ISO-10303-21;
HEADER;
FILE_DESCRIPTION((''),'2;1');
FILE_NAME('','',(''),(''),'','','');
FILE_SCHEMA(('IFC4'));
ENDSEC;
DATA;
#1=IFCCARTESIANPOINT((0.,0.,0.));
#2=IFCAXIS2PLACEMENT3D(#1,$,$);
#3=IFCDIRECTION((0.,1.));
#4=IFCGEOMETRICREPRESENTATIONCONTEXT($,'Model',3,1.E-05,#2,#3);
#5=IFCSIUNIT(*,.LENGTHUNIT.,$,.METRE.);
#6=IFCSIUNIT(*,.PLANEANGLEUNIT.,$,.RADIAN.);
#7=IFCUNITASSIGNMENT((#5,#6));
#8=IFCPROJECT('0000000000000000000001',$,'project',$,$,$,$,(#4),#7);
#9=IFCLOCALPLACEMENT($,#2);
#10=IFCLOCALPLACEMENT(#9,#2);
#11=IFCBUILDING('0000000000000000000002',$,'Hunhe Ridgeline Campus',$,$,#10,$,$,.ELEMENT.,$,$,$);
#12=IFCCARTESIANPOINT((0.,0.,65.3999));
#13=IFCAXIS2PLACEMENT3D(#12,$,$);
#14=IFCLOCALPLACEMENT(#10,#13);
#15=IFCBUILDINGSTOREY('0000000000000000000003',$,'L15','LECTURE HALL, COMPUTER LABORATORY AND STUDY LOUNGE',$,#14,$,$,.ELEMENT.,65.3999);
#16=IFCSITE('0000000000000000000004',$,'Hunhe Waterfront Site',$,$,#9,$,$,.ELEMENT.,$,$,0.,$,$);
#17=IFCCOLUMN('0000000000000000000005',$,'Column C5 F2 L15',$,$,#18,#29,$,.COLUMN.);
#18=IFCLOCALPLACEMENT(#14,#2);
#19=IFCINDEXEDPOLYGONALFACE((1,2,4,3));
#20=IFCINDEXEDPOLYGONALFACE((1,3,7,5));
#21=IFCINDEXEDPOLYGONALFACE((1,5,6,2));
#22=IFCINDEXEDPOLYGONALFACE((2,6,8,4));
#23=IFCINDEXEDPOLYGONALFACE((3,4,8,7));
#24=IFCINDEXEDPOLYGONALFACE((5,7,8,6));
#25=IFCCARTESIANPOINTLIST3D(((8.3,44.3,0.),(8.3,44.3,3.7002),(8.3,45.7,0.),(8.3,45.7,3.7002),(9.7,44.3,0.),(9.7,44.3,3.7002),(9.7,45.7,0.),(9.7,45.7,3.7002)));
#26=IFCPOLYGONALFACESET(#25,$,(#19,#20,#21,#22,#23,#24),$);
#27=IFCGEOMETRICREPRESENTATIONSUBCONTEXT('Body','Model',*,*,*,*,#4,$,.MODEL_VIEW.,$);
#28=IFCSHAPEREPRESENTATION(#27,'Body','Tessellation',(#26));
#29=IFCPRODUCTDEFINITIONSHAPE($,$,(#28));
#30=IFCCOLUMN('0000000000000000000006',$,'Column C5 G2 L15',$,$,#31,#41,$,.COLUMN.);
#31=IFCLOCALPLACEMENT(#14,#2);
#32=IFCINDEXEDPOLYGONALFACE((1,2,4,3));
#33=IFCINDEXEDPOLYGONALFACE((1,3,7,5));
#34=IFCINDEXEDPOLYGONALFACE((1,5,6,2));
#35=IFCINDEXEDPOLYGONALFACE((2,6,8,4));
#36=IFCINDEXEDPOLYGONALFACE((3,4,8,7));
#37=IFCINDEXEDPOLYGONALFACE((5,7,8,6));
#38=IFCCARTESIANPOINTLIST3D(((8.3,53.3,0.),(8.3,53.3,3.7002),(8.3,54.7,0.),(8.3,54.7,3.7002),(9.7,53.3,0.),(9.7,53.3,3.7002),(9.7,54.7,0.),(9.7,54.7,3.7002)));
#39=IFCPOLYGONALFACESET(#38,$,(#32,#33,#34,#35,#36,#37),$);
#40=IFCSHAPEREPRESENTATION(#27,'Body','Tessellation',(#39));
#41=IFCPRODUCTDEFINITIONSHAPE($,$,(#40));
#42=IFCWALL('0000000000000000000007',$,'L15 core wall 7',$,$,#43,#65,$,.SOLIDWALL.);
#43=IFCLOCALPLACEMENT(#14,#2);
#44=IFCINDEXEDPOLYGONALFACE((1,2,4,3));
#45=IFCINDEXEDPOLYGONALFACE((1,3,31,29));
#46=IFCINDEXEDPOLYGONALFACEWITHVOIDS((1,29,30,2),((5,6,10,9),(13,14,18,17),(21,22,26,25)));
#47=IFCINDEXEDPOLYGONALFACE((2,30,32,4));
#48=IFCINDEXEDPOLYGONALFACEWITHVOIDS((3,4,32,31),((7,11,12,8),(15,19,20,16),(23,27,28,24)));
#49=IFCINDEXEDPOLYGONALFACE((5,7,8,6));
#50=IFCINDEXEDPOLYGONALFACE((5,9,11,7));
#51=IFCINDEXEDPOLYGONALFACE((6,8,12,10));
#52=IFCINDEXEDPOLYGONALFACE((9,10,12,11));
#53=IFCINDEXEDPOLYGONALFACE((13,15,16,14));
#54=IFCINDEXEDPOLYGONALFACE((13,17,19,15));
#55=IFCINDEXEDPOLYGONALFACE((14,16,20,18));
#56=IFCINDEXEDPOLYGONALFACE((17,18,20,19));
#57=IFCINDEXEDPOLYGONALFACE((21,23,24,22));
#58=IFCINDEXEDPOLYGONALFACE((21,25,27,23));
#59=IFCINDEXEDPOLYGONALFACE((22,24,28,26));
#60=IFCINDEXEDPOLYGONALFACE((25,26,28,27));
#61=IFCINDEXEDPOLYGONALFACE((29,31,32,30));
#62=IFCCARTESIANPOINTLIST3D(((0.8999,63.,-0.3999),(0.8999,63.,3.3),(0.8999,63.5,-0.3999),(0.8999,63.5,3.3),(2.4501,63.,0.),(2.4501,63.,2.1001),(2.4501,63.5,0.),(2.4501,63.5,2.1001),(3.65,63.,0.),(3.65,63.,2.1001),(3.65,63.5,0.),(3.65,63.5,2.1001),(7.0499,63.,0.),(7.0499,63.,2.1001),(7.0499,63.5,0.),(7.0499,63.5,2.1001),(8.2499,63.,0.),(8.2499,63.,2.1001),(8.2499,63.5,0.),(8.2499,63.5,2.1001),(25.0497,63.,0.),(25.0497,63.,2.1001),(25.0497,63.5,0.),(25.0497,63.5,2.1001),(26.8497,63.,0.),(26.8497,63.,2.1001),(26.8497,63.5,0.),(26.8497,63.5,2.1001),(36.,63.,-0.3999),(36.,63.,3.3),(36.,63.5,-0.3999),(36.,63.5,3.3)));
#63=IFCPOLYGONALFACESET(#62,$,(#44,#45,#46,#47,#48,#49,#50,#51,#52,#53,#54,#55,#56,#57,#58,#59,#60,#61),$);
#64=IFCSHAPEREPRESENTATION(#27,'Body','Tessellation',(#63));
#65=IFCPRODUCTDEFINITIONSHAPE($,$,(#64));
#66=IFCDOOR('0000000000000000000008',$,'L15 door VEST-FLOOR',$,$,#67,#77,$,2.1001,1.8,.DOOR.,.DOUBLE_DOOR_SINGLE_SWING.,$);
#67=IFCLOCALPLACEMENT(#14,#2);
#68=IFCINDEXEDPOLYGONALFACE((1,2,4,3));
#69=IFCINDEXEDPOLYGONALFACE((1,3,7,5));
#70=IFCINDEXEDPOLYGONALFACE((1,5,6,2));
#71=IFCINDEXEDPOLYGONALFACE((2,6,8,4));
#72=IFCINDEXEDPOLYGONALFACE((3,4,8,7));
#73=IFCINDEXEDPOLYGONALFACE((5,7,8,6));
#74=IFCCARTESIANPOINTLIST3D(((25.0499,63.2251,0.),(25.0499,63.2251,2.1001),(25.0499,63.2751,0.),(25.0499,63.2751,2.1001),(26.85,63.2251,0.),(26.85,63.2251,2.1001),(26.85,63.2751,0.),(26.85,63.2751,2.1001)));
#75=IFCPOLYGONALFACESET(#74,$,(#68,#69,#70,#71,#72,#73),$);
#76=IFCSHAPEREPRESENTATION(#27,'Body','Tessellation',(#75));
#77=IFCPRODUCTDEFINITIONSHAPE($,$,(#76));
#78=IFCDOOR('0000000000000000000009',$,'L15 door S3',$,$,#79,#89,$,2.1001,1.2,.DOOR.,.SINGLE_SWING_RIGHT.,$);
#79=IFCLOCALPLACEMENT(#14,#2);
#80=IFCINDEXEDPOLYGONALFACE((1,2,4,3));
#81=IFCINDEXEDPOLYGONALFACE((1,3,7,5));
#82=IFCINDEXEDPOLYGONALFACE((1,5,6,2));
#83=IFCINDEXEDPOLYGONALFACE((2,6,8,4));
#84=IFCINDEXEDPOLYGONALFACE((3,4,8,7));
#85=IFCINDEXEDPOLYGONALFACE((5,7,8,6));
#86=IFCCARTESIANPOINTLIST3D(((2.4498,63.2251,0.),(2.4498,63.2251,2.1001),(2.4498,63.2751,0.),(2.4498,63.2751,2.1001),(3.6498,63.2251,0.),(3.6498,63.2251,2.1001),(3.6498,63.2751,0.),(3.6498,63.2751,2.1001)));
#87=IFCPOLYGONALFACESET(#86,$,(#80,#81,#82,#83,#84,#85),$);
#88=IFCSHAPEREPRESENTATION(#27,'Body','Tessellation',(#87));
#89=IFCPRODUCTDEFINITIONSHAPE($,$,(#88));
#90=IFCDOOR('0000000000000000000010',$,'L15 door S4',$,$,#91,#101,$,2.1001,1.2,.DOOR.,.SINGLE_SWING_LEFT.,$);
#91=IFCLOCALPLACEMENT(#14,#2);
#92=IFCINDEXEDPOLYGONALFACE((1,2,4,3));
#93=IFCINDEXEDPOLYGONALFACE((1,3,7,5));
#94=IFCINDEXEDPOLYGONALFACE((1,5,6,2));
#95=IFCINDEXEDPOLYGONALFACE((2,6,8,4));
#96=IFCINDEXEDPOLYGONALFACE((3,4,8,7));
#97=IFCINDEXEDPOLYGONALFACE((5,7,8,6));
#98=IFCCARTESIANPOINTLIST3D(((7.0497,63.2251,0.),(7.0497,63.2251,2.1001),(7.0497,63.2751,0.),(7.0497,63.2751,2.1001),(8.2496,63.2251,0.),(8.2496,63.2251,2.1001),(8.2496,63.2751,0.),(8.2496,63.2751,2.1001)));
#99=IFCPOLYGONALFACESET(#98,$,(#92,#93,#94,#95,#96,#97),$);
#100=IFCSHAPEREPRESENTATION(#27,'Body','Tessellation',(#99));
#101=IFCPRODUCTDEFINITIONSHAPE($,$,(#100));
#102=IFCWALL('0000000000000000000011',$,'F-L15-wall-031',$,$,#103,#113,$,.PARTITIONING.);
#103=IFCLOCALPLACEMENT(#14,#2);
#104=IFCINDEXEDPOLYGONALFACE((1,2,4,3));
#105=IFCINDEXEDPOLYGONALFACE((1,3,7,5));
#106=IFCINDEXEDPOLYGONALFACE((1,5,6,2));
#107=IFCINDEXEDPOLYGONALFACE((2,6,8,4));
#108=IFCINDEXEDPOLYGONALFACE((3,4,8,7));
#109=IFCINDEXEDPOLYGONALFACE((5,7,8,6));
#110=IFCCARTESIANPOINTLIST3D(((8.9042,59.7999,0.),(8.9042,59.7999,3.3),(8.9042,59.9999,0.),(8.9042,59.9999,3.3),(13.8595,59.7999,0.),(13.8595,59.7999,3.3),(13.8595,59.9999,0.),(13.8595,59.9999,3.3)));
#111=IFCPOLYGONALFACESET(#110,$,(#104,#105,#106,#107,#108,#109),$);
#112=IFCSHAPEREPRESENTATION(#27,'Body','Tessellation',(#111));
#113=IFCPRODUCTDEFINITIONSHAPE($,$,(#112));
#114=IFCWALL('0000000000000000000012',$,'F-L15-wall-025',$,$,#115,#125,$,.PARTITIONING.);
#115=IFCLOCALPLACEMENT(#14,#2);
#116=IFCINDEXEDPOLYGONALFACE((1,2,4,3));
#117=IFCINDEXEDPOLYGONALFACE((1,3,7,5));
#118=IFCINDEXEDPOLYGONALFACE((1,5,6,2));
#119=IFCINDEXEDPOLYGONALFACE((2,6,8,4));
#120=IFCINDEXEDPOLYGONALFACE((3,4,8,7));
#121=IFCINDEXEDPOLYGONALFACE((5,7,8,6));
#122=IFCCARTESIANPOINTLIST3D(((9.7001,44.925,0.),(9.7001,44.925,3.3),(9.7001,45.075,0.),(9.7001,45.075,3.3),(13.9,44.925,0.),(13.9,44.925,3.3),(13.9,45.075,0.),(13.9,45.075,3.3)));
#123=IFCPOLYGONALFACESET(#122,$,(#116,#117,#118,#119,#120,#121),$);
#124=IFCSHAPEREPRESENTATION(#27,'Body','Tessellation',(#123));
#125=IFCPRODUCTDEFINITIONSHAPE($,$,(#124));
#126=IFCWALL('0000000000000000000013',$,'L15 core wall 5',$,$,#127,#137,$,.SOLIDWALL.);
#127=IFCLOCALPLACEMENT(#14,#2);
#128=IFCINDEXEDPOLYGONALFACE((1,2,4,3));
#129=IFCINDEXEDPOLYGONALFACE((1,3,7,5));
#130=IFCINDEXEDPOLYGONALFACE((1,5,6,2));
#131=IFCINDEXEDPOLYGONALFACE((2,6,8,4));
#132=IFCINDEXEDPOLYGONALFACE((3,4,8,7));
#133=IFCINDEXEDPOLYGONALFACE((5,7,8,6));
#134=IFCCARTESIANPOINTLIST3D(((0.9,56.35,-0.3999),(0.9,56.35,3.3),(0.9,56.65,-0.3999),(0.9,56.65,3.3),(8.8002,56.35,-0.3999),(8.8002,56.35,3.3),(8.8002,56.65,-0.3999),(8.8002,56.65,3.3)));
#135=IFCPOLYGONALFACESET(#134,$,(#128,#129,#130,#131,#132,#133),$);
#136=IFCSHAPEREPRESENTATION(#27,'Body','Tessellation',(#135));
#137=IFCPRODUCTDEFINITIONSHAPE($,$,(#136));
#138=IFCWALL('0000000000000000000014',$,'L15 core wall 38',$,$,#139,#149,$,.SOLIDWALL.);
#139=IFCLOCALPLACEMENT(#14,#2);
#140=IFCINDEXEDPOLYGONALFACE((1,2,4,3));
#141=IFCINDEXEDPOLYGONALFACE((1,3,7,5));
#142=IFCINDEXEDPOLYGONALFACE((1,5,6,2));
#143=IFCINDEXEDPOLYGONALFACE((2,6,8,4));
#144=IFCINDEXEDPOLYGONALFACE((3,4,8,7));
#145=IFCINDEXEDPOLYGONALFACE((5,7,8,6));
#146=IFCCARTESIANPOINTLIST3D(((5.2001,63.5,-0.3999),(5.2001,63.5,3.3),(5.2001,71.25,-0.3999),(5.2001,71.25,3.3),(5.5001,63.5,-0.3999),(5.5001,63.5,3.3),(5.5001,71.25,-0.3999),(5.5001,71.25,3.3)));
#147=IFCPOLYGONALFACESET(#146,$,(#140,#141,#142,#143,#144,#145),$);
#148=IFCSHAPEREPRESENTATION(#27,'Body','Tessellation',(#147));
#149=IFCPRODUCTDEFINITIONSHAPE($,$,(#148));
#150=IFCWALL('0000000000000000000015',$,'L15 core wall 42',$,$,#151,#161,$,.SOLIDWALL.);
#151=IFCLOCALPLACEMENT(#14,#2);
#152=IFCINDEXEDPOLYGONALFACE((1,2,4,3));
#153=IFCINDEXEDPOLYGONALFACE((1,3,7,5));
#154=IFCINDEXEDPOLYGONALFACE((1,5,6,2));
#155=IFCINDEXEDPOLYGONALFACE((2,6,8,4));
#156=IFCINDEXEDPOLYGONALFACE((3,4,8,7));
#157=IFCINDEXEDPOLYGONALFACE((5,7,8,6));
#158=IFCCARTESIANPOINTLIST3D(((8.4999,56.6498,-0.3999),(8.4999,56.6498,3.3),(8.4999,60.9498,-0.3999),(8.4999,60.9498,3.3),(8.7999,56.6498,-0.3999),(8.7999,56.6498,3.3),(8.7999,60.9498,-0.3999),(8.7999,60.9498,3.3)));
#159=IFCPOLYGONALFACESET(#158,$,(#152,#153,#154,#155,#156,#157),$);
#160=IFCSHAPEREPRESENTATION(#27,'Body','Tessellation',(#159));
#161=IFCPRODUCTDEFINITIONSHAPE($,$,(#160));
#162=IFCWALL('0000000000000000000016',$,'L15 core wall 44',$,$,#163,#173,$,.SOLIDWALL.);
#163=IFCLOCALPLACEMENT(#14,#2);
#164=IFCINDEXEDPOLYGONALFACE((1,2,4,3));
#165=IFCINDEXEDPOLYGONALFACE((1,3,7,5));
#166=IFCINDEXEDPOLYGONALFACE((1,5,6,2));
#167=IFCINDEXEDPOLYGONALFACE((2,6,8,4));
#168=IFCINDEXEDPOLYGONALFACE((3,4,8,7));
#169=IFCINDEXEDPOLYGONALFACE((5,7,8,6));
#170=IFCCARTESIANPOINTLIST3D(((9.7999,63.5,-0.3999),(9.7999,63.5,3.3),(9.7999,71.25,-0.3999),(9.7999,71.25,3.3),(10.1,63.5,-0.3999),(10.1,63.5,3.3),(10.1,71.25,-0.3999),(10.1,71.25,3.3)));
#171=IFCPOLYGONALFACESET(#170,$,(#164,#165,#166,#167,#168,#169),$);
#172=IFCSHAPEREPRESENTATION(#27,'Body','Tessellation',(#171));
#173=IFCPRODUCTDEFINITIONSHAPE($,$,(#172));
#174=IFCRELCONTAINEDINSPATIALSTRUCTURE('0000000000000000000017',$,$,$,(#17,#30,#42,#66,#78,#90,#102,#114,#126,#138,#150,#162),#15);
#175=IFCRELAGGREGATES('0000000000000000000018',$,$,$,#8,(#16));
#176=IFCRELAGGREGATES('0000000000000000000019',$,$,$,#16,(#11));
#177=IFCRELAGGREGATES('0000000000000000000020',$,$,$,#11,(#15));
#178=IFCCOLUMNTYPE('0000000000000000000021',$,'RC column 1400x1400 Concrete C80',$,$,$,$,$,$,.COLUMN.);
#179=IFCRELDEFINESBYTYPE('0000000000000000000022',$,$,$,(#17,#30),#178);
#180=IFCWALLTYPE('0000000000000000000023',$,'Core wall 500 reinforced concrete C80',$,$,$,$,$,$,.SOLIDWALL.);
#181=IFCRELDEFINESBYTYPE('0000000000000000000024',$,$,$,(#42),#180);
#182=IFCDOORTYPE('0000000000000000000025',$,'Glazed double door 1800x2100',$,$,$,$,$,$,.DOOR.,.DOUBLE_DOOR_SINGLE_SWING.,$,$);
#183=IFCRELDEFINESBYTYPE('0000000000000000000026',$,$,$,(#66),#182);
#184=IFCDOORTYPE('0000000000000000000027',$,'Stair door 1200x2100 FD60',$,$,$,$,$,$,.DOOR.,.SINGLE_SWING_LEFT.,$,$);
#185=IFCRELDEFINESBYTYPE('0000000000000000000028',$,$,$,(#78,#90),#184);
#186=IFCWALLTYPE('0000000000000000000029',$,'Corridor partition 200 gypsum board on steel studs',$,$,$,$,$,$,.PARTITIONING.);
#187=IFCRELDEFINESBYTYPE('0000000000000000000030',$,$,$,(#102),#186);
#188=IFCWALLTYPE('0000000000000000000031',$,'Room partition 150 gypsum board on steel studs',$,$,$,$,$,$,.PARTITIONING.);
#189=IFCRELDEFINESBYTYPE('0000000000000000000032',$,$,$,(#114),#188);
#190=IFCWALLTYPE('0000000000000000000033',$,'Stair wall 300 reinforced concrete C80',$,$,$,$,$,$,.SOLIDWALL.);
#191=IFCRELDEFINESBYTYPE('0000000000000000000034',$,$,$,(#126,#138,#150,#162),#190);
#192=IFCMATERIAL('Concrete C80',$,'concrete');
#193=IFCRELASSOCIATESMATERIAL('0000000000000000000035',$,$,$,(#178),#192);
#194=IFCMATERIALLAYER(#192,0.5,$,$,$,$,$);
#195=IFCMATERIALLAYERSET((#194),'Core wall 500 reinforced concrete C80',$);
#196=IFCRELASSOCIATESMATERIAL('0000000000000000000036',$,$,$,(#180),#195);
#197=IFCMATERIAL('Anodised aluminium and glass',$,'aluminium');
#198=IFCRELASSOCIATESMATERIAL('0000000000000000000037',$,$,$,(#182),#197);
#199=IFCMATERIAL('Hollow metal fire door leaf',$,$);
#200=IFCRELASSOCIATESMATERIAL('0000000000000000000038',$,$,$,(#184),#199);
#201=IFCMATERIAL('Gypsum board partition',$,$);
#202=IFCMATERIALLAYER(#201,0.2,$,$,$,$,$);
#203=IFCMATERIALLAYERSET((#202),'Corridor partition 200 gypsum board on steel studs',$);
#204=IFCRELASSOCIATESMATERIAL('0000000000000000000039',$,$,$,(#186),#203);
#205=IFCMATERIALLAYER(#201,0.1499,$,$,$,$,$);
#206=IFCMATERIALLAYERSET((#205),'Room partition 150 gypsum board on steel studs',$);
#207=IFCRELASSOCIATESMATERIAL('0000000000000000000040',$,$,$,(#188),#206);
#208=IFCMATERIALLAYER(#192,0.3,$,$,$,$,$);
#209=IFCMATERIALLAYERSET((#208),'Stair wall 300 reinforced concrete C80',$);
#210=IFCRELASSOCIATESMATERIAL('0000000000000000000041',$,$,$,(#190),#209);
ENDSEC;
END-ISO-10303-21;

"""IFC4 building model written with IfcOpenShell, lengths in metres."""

from ifc_helpers import new_model, si_unit, direction, frame, frame_2d, origin, origin_2d, place, context, subcontext, project, spatial, rectangle, extrude, material, layer, layer_set, material_profile, profile_set, type_object, element, fill, save


model = new_model("IFC4")

# Units and contexts
model_context = context("Model", 3, precision=1e-05, world=origin(), true_north=direction((0.0, 1.0)))
body_context = subcontext(model_context, "Body", "Model", "MODEL_VIEW")
ifc_project = project(units=[si_unit("LENGTHUNIT", "METRE"), si_unit("PLANEANGLEUNIT", "RADIAN")], contexts=[model_context])

# Site, building, storey
site_placement = place(None, origin())
site = spatial("IfcSite", under=ifc_project, at=site_placement, Name="Hunhe Waterfront Site", CompositionType="ELEMENT", RefElevation=0.0)
building_placement = place(site_placement, origin())
building = spatial("IfcBuilding", under=site, at=building_placement, Name="Hunhe Ridgeline Campus", CompositionType="ELEMENT")
storey_placement = place(building_placement, frame((0.0, 0.0, 65.3999)))
storey = spatial("IfcBuildingStorey", under=building, at=storey_placement, Name="L15", Description="LECTURE HALL, COMPUTER LABORATORY AND STUDY LOUNGE", CompositionType="ELEMENT", Elevation=65.3999)

# Columns
ifc_material_1 = material(Name="Concrete C80", Category="concrete")
ifc_material_profile = material_profile(ifc_material_1, rectangle(XDim=1.3999, YDim=1.3999, at=origin_2d()))
ifc_profile_set = profile_set([ifc_material_profile], Name="Concrete C80")
column_type = type_object("IfcColumnType", Name="RC column 1400x1400 Concrete C80", PredefinedType="COLUMN", material=ifc_profile_set)
for number, where, z_axis, x_axis, name in (
    (1, (9.0, 45.0, 0.0), (0.0, 0.0, 1.0), (1.0, 0.0, 0.0), "Column C5 F2 L15"),
    (2, (9.0, 54.0, 0.0), (0.0, 0.0, 1.0), (1.0, 0.0, 0.0), "Column C5 G2 L15"),
):
    element("IfcColumn", number, at=place(storey_placement, frame(where, z_axis=z_axis, x_axis=x_axis)), inside=storey, type_object=column_type, Name=name, PredefinedType="COLUMN", context=body_context, shape_type="SweptSolid", body=[
        extrude(rectangle(XDim=1.3999, YDim=1.3999, at=origin_2d()), origin(), (0.0, 0.0, 1.0), 3.7002),
    ])

# Wall, openings, doors
ifc_layer_1 = layer(ifc_material_1, 0.5)
ifc_layer_set_1 = layer_set([ifc_layer_1], Name="Core wall 500 reinforced concrete C80")
wall_type_1 = type_object("IfcWallType", Name="Core wall 500 reinforced concrete C80", PredefinedType="SOLIDWALL", material=ifc_layer_set_1)
wall_1_placement = place(storey_placement, frame((0.8999, 63.25, -0.3999), z_axis=(0.0, 0.0, 1.0), x_axis=(1.0, 0.0, 0.0)))
wall_1 = element("IfcWall", 3, at=wall_1_placement, inside=storey, type_object=wall_type_1, Name="L15 core wall 7", PredefinedType="SOLIDWALL", context=body_context, shape_type="SweptSolid", body=[
    extrude(rectangle(XDim=35.1001, YDim=0.5, at=frame_2d((17.55, 0.0))), origin(), (0.0, 0.0, 1.0), 3.7),
])
opening_1_placement = place(wall_1_placement, frame((24.1499, 0.0, 0.3999)))
opening_1 = element("IfcOpeningElement", 4, at=opening_1_placement, cuts=wall_1, PredefinedType="OPENING", context=body_context, shape_type="SweptSolid", body=[
    extrude(rectangle(XDim=1.8, YDim=2.1001, at=frame_2d((0.8999, 1.05))), frame((0.0, 0.25, 0.0), z_axis=(0.0, -1.0, 0.0), x_axis=(1.0, 0.0, 0.0)), (0.0, 0.0, 1.0), 0.5),
])
opening_2_placement = place(wall_1_placement, frame((1.55, 0.0, 0.3999)))
opening_2 = element("IfcOpeningElement", 5, at=opening_2_placement, cuts=wall_1, PredefinedType="OPENING", context=body_context, shape_type="SweptSolid", body=[
    extrude(rectangle(XDim=1.2, YDim=2.1001, at=frame_2d((0.6001, 1.05))), frame((0.0, 0.25, 0.0), z_axis=(0.0, -1.0, 0.0), x_axis=(1.0, 0.0, 0.0)), (0.0, 0.0, 1.0), 0.5),
])
opening_3_placement = place(wall_1_placement, frame((6.1499, 0.0, 0.3999)))
opening_3 = element("IfcOpeningElement", 6, at=opening_3_placement, cuts=wall_1, PredefinedType="OPENING", context=body_context, shape_type="SweptSolid", body=[
    extrude(rectangle(XDim=1.2, YDim=2.1001, at=frame_2d((0.6001, 1.05))), frame((0.0, 0.25, 0.0), z_axis=(0.0, -1.0, 0.0), x_axis=(1.0, 0.0, 0.0)), (0.0, 0.0, 1.0), 0.5),
])
ifc_material_2 = material(Name="Anodised aluminium and glass", Category="aluminium")
door_type_1 = type_object("IfcDoorType", Name="Glazed double door 1800x2100", OperationType="DOUBLE_DOOR_SINGLE_SWING", PredefinedType="DOOR", material=ifc_material_2)
door_1_placement = place(opening_1_placement, frame((1.8, 0.0, 0.0), z_axis=(0.0, 0.0, 1.0), x_axis=(-1.0, 0.0, 0.0)))
door_1 = element("IfcDoor", 7, at=door_1_placement, inside=storey, type_object=door_type_1, Name="L15 door VEST-FLOOR", OperationType="DOUBLE_DOOR_SINGLE_SWING", OverallHeight=2.1001, OverallWidth=1.8, PredefinedType="DOOR", context=body_context, shape_type="SweptSolid", body=[
    extrude(rectangle(XDim=1.8, YDim=2.1001, at=frame_2d((0.8999, 1.05))), frame((0.0, 0.0249, 0.0), z_axis=(0.0, -1.0, 0.0), x_axis=(1.0, 0.0, 0.0)), (0.0, 0.0, 1.0), 0.05),
])
fill(opening_1, door_1)
ifc_material_3 = material(Name="Hollow metal fire door leaf")
door_type_2 = type_object("IfcDoorType", Name="Stair door 1200x2100 FD60", OperationType="SINGLE_SWING_LEFT", PredefinedType="DOOR", material=ifc_material_3)
door_2_placement = place(opening_2_placement, frame((1.2, 0.0, 0.0), z_axis=(0.0, 0.0, 1.0), x_axis=(-1.0, 0.0, 0.0)))
door_2 = element("IfcDoor", 8, at=door_2_placement, inside=storey, type_object=door_type_2, Name="L15 door S3", OperationType="SINGLE_SWING_RIGHT", OverallHeight=2.1001, OverallWidth=1.2, PredefinedType="DOOR", context=body_context, shape_type="SweptSolid", body=[
    extrude(rectangle(XDim=1.2, YDim=2.1001, at=frame_2d((0.6001, 1.05))), frame((0.0, 0.0249, 0.0), z_axis=(0.0, -1.0, 0.0), x_axis=(1.0, 0.0, 0.0)), (0.0, 0.0, 1.0), 0.05),
])
fill(opening_2, door_2)
door_3_placement = place(opening_3_placement, frame((1.2, 0.0, 0.0), z_axis=(0.0, 0.0, 1.0), x_axis=(-1.0, 0.0, 0.0)))
door_3 = element("IfcDoor", 9, at=door_3_placement, inside=storey, type_object=door_type_2, Name="L15 door S4", OperationType="SINGLE_SWING_LEFT", OverallHeight=2.1001, OverallWidth=1.2, PredefinedType="DOOR", context=body_context, shape_type="SweptSolid", body=[
    extrude(rectangle(XDim=1.2, YDim=2.1001, at=frame_2d((0.6001, 1.05))), frame((0.0, 0.0249, 0.0), z_axis=(0.0, -1.0, 0.0), x_axis=(1.0, 0.0, 0.0)), (0.0, 0.0, 1.0), 0.05),
])
fill(opening_3, door_3)

# Walls
ifc_material_4 = material(Name="Gypsum board partition")
ifc_layer_2 = layer(ifc_material_4, 0.2)
ifc_layer_set_2 = layer_set([ifc_layer_2], Name="Corridor partition 200 gypsum board on steel studs")
wall_type_2 = type_object("IfcWallType", Name="Corridor partition 200 gypsum board on steel studs", PredefinedType="PARTITIONING", material=ifc_layer_set_2)
wall_2_placement = place(storey_placement, frame((13.8594, 59.8999, 0.0), z_axis=(0.0, 0.0, 1.0), x_axis=(-1.0, 0.0, 0.0)))
element("IfcWall", 10, at=wall_2_placement, inside=storey, type_object=wall_type_2, Name="F-L15-wall-031", PredefinedType="PARTITIONING", context=body_context, shape_type="SweptSolid", body=[
    extrude(rectangle(XDim=4.9553, YDim=0.2, at=frame_2d((2.4775, 0.0))), origin(), (0.0, 0.0, 1.0), 3.3),
])
ifc_layer_3 = layer(ifc_material_4, 0.1499)
ifc_layer_set_3 = layer_set([ifc_layer_3], Name="Room partition 150 gypsum board on steel studs")
wall_type_3 = type_object("IfcWallType", Name="Room partition 150 gypsum board on steel studs", PredefinedType="PARTITIONING", material=ifc_layer_set_3)
wall_3_placement = place(storey_placement, frame((9.7, 45.0, 0.0), z_axis=(0.0, 0.0, 1.0), x_axis=(1.0, 0.0, 0.0)))
element("IfcWall", 11, at=wall_3_placement, inside=storey, type_object=wall_type_3, Name="F-L15-wall-025", PredefinedType="PARTITIONING", context=body_context, shape_type="SweptSolid", body=[
    extrude(rectangle(XDim=4.2, YDim=0.1499, at=frame_2d((2.1001, 0.0))), origin(), (0.0, 0.0, 1.0), 3.3),
])
ifc_layer_4 = layer(ifc_material_1, 0.3)
ifc_layer_set_4 = layer_set([ifc_layer_4], Name="Stair wall 300 reinforced concrete C80")
wall_type_4 = type_object("IfcWallType", Name="Stair wall 300 reinforced concrete C80", PredefinedType="SOLIDWALL", material=ifc_layer_set_4)
wall_4_placement = place(storey_placement, frame((0.8999, 56.5, -0.3999), z_axis=(0.0, 0.0, 1.0), x_axis=(1.0, 0.0, 0.0)))
element("IfcWall", 12, at=wall_4_placement, inside=storey, type_object=wall_type_4, Name="L15 core wall 5", PredefinedType="SOLIDWALL", context=body_context, shape_type="SweptSolid", body=[
    extrude(rectangle(XDim=7.9001, YDim=0.3, at=frame_2d((3.9502, 0.0))), origin(), (0.0, 0.0, 1.0), 3.7),
])

# Walls
wall_5_placement = place(storey_placement, frame((5.3501, 63.5, -0.3999), z_axis=(0.0, 0.0, 1.0), x_axis=(0.0, 1.0, 0.0)))
element("IfcWall", 13, at=wall_5_placement, inside=storey, type_object=wall_type_4, Name="L15 core wall 38", PredefinedType="SOLIDWALL", context=body_context, shape_type="SweptSolid", body=[
    extrude(rectangle(XDim=7.75, YDim=0.3, at=frame_2d((3.875, 0.0))), origin(), (0.0, 0.0, 1.0), 3.7),
])
wall_6_placement = place(storey_placement, frame((8.6499, 56.6499, -0.3999), z_axis=(0.0, 0.0, 1.0), x_axis=(0.0, 1.0, 0.0)))
element("IfcWall", 14, at=wall_6_placement, inside=storey, type_object=wall_type_4, Name="L15 core wall 42", PredefinedType="SOLIDWALL", context=body_context, shape_type="SweptSolid", body=[
    extrude(rectangle(XDim=4.3, YDim=0.3, at=frame_2d((2.1499, 0.0))), origin(), (0.0, 0.0, 1.0), 3.7),
])
wall_7_placement = place(storey_placement, frame((9.95, 63.5, -0.3999), z_axis=(0.0, 0.0, 1.0), x_axis=(0.0, 1.0, 0.0)))
element("IfcWall", 15, at=wall_7_placement, inside=storey, type_object=wall_type_4, Name="L15 core wall 44", PredefinedType="SOLIDWALL", context=body_context, shape_type="SweptSolid", body=[
    extrude(rectangle(XDim=7.75, YDim=0.3, at=frame_2d((3.875, 0.0))), origin(), (0.0, 0.0, 1.0), 3.7),
])

save(model, "model.ifc")
